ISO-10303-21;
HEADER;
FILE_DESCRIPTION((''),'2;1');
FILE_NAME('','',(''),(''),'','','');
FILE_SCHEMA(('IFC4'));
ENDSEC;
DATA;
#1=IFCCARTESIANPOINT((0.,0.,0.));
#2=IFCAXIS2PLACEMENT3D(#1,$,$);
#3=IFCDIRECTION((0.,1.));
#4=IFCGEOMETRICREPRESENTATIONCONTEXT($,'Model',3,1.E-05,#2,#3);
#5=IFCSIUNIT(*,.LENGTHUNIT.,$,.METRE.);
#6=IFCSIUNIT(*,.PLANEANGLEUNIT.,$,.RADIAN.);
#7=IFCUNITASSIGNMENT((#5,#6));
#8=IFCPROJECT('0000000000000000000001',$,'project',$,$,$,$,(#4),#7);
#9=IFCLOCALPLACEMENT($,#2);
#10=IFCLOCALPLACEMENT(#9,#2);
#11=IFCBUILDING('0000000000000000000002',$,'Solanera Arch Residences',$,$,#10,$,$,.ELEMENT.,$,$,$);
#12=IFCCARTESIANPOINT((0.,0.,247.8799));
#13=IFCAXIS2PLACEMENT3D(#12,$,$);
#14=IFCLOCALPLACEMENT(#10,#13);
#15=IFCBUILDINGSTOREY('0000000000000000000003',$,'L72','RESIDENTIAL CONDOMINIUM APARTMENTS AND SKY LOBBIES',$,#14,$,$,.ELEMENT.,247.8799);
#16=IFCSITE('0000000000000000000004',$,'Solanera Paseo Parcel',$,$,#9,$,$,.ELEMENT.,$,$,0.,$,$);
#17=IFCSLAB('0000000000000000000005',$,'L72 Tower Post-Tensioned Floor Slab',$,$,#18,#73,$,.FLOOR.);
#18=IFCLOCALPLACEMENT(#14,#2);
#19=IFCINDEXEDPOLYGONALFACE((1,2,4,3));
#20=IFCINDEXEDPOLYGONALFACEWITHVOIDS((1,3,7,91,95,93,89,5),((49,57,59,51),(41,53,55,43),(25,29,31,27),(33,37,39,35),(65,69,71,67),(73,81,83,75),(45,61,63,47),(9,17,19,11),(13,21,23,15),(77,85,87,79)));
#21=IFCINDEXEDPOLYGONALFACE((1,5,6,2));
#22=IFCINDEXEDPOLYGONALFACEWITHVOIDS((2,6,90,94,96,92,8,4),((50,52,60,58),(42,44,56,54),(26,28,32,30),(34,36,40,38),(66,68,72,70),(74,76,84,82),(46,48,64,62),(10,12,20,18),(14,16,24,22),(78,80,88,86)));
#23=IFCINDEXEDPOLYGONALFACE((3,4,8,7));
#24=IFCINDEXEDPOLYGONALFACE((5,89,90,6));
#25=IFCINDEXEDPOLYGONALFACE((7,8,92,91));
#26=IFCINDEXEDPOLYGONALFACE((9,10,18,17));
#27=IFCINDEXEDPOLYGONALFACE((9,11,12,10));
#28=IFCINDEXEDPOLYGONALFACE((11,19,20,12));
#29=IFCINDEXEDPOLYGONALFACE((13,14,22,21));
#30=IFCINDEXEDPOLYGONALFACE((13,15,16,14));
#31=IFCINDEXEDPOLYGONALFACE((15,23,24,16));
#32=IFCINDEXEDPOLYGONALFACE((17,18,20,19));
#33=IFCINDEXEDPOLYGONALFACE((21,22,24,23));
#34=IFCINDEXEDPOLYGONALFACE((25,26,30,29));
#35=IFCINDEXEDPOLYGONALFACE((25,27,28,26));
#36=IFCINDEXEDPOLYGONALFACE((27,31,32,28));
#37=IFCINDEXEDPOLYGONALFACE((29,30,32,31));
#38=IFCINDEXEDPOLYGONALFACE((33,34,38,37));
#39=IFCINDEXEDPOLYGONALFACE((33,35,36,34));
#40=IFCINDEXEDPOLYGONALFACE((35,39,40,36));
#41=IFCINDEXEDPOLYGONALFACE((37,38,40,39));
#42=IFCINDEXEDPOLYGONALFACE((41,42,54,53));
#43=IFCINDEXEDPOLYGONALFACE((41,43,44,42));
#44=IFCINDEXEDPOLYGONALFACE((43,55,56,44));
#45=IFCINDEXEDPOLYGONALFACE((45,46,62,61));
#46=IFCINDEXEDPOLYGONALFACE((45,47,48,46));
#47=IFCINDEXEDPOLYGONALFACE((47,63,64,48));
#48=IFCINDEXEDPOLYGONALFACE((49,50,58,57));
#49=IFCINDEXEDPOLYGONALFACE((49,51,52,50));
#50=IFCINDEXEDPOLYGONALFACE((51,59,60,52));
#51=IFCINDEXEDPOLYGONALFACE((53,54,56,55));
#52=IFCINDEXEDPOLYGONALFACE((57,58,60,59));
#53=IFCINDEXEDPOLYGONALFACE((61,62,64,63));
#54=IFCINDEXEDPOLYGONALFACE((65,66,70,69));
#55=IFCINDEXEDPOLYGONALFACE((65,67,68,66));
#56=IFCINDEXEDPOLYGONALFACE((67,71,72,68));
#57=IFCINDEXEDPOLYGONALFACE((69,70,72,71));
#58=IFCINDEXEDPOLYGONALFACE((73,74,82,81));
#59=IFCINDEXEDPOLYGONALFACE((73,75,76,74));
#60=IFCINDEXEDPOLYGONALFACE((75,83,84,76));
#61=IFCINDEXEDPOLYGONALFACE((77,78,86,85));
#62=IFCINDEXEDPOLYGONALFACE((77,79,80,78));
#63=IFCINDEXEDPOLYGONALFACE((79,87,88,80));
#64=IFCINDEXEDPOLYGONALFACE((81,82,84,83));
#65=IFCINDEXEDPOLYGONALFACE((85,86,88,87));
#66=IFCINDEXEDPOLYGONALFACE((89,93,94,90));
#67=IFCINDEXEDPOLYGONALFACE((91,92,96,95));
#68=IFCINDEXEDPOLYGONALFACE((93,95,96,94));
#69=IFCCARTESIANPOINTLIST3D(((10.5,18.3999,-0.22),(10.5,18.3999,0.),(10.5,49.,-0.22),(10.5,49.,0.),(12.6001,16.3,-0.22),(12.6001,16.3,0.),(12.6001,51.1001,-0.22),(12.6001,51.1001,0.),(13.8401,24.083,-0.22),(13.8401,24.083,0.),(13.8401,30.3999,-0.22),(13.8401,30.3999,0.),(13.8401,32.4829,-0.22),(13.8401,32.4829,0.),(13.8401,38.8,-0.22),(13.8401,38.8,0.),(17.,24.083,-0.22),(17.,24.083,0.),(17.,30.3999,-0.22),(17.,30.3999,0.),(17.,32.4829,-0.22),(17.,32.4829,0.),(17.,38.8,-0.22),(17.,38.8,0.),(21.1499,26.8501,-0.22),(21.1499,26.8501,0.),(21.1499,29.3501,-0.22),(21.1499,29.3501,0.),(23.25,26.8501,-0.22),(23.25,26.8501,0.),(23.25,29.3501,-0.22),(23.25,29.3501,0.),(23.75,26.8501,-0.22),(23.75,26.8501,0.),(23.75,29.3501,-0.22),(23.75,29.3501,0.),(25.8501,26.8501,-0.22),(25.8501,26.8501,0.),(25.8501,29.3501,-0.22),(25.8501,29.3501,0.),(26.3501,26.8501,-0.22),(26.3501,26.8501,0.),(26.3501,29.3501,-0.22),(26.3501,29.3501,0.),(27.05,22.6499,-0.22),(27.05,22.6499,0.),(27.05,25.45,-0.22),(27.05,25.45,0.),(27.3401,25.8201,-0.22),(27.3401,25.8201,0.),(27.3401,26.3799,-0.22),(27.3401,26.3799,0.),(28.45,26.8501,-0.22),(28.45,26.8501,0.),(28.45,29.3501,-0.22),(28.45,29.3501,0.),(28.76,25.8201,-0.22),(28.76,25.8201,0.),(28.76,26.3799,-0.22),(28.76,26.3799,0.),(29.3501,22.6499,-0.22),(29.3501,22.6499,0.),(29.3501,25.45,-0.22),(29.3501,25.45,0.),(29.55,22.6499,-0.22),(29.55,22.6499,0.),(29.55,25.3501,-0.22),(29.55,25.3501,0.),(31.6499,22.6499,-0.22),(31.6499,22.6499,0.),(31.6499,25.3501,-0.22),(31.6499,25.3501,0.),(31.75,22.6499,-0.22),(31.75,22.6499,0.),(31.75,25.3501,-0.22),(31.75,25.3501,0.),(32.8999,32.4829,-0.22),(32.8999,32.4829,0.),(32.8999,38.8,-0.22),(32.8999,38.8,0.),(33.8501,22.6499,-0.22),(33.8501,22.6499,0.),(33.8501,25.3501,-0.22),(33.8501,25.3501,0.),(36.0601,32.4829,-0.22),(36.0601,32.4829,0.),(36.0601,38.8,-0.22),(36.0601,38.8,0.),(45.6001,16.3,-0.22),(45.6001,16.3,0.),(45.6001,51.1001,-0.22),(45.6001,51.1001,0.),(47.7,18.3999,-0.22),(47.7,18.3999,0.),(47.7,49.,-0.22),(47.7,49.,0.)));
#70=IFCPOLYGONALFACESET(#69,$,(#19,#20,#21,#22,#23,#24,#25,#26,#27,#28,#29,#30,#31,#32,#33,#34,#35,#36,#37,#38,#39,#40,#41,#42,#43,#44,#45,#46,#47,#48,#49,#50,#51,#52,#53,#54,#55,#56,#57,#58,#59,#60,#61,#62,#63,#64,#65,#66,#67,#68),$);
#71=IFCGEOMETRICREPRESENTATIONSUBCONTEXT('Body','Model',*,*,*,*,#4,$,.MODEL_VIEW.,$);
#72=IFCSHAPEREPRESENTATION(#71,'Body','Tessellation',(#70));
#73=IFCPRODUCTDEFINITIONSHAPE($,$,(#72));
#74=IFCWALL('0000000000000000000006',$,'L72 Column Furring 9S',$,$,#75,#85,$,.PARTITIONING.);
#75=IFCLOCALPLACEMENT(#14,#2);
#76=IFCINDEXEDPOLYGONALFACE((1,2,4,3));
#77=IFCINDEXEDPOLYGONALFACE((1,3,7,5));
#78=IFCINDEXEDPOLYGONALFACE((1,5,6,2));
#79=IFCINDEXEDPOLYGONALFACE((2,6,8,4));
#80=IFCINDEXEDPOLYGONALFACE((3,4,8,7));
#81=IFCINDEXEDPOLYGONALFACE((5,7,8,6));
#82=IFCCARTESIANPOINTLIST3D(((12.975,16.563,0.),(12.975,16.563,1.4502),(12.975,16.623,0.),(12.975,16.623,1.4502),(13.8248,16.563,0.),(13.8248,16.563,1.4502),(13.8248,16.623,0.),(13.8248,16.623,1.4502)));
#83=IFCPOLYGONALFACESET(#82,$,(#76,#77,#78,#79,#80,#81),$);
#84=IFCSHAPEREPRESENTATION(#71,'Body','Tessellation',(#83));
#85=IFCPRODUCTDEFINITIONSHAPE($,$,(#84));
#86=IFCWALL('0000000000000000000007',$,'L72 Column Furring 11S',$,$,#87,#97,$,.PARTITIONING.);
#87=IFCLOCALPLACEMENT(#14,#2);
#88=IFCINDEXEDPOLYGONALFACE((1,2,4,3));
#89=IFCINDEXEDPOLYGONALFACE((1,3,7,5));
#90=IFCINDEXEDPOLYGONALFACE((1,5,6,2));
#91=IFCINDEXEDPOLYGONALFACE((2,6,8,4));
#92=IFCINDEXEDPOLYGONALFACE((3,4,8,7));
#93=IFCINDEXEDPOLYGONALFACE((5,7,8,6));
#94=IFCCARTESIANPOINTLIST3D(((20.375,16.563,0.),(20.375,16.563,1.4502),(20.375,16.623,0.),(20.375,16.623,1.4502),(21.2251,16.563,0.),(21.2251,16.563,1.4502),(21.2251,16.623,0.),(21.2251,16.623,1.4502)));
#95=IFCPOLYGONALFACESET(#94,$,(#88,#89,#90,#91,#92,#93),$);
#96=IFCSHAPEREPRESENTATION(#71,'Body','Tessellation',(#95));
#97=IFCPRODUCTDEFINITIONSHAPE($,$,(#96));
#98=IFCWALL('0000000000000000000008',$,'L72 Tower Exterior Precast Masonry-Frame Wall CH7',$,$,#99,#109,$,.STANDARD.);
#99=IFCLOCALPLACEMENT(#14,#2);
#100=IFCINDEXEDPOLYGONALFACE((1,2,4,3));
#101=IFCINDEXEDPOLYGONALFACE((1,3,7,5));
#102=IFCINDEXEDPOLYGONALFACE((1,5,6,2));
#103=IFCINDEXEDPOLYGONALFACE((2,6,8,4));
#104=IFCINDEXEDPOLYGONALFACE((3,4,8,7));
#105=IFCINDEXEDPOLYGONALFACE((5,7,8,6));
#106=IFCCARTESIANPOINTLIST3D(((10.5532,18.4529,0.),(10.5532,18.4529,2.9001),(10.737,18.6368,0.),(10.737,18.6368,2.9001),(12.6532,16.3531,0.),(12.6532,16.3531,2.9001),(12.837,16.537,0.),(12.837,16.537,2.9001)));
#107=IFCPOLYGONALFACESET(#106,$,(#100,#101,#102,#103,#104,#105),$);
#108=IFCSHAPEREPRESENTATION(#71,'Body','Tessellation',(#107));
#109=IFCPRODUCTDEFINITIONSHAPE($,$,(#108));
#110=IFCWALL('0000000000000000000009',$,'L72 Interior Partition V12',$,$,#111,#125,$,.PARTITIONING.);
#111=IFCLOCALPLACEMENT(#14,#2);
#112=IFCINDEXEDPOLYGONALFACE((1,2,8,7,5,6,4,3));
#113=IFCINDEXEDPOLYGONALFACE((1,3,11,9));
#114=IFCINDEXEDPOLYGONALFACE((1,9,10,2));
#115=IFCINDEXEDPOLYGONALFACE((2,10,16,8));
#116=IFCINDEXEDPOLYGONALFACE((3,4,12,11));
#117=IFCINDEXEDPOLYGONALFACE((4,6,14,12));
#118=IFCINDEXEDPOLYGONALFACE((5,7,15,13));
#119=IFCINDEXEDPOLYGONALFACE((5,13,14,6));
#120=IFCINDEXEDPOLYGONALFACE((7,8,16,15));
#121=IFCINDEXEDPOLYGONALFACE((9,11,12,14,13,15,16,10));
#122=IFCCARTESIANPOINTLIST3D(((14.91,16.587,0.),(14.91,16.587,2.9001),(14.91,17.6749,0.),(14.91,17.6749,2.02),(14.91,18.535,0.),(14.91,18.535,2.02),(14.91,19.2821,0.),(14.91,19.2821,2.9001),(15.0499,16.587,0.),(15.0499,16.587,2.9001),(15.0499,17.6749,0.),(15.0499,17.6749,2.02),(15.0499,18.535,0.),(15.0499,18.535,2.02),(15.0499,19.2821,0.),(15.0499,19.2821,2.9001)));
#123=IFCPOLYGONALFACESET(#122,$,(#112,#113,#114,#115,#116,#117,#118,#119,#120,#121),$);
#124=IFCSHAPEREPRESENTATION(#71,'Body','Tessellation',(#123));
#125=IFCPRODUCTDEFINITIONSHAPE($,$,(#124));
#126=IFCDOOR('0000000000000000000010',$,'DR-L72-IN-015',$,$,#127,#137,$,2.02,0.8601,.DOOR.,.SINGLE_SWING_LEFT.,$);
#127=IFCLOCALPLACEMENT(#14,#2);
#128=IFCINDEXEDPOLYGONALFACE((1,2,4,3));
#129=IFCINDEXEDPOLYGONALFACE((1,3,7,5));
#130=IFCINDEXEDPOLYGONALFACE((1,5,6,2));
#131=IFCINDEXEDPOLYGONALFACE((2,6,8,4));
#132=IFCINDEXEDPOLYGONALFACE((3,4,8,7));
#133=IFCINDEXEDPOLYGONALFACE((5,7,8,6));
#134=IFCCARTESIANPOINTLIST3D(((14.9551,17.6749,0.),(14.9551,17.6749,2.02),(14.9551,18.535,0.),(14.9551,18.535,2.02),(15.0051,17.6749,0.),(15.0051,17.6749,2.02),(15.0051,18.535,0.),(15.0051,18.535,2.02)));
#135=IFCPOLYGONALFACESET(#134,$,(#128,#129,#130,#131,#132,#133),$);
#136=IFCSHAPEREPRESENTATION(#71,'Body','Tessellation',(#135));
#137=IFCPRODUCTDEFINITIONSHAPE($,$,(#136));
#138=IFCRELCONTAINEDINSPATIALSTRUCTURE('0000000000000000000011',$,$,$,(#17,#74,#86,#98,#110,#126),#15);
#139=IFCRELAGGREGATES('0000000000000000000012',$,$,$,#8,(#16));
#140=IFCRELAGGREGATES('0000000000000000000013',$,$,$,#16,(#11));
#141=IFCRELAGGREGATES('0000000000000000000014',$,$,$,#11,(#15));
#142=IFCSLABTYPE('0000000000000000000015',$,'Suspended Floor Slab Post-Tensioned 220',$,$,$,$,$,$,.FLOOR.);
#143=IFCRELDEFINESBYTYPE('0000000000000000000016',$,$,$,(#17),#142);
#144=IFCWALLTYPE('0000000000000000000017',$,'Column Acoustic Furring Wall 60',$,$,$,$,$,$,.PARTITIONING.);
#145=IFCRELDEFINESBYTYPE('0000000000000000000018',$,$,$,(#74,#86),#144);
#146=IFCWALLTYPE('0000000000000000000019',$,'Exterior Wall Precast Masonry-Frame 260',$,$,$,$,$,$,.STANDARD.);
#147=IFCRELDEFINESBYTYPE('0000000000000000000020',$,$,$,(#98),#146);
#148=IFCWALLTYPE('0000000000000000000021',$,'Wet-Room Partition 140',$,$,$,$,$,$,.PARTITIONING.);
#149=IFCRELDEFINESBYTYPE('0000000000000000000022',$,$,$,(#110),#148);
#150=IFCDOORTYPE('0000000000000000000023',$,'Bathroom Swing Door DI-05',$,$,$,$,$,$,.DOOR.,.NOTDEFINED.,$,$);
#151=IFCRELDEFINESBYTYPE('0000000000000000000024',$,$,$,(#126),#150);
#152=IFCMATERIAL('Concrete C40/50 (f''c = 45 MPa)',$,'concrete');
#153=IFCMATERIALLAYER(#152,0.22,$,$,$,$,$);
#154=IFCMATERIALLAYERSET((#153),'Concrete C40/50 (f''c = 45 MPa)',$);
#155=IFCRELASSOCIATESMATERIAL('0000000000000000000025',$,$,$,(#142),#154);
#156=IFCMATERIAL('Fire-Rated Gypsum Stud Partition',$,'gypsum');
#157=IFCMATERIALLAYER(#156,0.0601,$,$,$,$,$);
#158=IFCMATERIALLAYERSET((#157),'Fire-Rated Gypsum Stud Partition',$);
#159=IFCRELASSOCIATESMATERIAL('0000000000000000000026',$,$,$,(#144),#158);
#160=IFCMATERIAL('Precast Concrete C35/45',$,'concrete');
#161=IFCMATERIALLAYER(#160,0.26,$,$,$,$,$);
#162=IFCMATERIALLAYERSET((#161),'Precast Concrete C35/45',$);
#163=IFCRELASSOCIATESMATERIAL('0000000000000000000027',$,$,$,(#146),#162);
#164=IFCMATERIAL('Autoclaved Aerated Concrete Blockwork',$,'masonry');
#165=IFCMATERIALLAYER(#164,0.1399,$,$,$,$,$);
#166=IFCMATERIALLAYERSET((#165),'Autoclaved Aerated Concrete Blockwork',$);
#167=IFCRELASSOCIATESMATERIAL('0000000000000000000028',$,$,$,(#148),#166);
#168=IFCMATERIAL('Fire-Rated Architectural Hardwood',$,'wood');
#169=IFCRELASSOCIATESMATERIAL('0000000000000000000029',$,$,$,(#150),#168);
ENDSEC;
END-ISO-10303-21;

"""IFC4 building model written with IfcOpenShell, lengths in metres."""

from ifc_helpers import new_model, si_unit, direction, frame, frame_2d, origin, place, context, subcontext, project, spatial, polyline, rectangle, outline, extrude, material, layer, layer_set, type_object, element, fill, save


model = new_model("IFC4")

# Units and contexts
model_context = context("Model", 3, precision=1e-05, world=origin(), true_north=direction((0.0, 1.0)))
body_context = subcontext(model_context, "Body", "Model", "MODEL_VIEW")
ifc_project = project(units=[si_unit("LENGTHUNIT", "METRE"), si_unit("PLANEANGLEUNIT", "RADIAN")], contexts=[model_context])

# Site, building, storey
site_placement = place(None, origin())
site = spatial("IfcSite", under=ifc_project, at=site_placement, Name="Solanera Paseo Parcel", CompositionType="ELEMENT", RefElevation=0.0)
building_placement = place(site_placement, origin())
building = spatial("IfcBuilding", under=site, at=building_placement, Name="Solanera Arch Residences", CompositionType="ELEMENT")
storey_placement = place(building_placement, frame((0.0, 0.0, 247.8799)))
storey = spatial("IfcBuildingStorey", under=building, at=storey_placement, Name="L72", Description="RESIDENTIAL CONDOMINIUM APARTMENTS AND SKY LOBBIES", CompositionType="ELEMENT", Elevation=247.8799)

# Slab
ifc_material_1 = material(Name="Concrete C40/50 (f'c = 45 MPa)", Category="concrete")
ifc_layer_1 = layer(ifc_material_1, 0.22)
ifc_layer_set_1 = layer_set([ifc_layer_1], Name="Concrete C40/50 (f'c = 45 MPa)")
slab_type_1 = type_object("IfcSlabType", Name="Suspended Floor Slab Post-Tensioned 220", PredefinedType="FLOOR", material=ifc_layer_set_1)
slab_1_placement = place(storey_placement, frame((0.0, 0.0, -0.22)))
element("IfcSlab", 1, at=slab_1_placement, inside=storey, type_object=slab_type_1, Name="L72 Tower Post-Tensioned Floor Slab", PredefinedType="FLOOR", context=body_context, shape_type="SweptSolid", body=[
    extrude(outline(polyline([(12.6001, 16.3), (45.6001, 16.3), (47.7, 18.3999), (47.7, 49.0), (45.6001, 51.1001), (12.6001, 51.1001), (10.5, 49.0), (10.5, 18.3999), (12.6001, 16.3)]), holes=[polyline([(13.8401, 32.4829), (13.8401, 38.8), (17.0, 38.8), (17.0, 32.4829), (13.8401, 32.4829)]), polyline([(32.8999, 32.4829), (32.8999, 38.8), (36.0601, 38.8), (36.0601, 32.4829), (32.8999, 32.4829)]), polyline([(13.8401, 24.083), (13.8401, 30.3999), (17.0, 30.3999), (17.0, 24.083), (13.8401, 24.083)]), polyline([(21.1499, 29.3501), (23.25, 29.3501), (23.25, 26.8501), (21.1499, 26.8501), (21.1499, 29.3501)]), polyline([(23.75, 29.3501), (25.8501, 29.3501), (25.8501, 26.8501), (23.75, 26.8501), (23.75, 29.3501)]), polyline([(26.3501, 29.3501), (28.45, 29.3501), (28.45, 26.8501), (26.3501, 26.8501), (26.3501, 29.3501)]), polyline([(29.55, 25.3501), (31.6499, 25.3501), (31.6499, 22.6499), (29.55, 22.6499), (29.55, 25.3501)]), polyline([(31.75, 25.3501), (33.8501, 25.3501), (33.8501, 22.6499), (31.75, 22.6499), (31.75, 25.3501)]), polyline([(27.05, 25.45), (29.3501, 25.45), (29.3501, 22.6499), (27.05, 22.6499), (27.05, 25.45)]), polyline([(27.3401, 26.3799), (28.76, 26.3799), (28.76, 25.8201), (27.3401, 25.8201), (27.3401, 26.3799)])]), origin(), (0.0, 0.0, 1.0), 0.22),
])

# Walls
ifc_material_2 = material(Name="Fire-Rated Gypsum Stud Partition", Category="gypsum")
ifc_layer_2 = layer(ifc_material_2, 0.0601)
ifc_layer_set_2 = layer_set([ifc_layer_2], Name="Fire-Rated Gypsum Stud Partition")
wall_type_1 = type_object("IfcWallType", Name="Column Acoustic Furring Wall 60", PredefinedType="PARTITIONING", material=ifc_layer_set_2)
wall_1_placement = place(storey_placement, frame((12.9751, 16.593, 0.0), z_axis=(0.0, 0.0, 1.0), x_axis=(1.0, 0.0, 0.0)))
element("IfcWall", 2, at=wall_1_placement, inside=storey, type_object=wall_type_1, Name="L72 Column Furring 9S", PredefinedType="PARTITIONING", context=body_context, shape_type="SweptSolid", body=[
    extrude(rectangle(XDim=0.8499, YDim=0.0601, at=frame_2d((0.4248, 0.0))), origin(), (0.0, 0.0, 1.0), 1.4502),
])
wall_2_placement = place(storey_placement, frame((20.375, 16.593, 0.0), z_axis=(0.0, 0.0, 1.0), x_axis=(1.0, 0.0, 0.0)))
element("IfcWall", 3, at=wall_2_placement, inside=storey, type_object=wall_type_1, Name="L72 Column Furring 11S", PredefinedType="PARTITIONING", context=body_context, shape_type="SweptSolid", body=[
    extrude(rectangle(XDim=0.8501, YDim=0.0601, at=frame_2d((0.425, 0.0))), origin(), (0.0, 0.0, 1.0), 1.4502),
])
ifc_material_3 = material(Name="Precast Concrete C35/45", Category="concrete")
ifc_layer_3 = layer(ifc_material_3, 0.26)
ifc_layer_set_3 = layer_set([ifc_layer_3], Name="Precast Concrete C35/45")
wall_type_2 = type_object("IfcWallType", Name="Exterior Wall Precast Masonry-Frame 260", PredefinedType="STANDARD", material=ifc_layer_set_3)
wall_3_placement = place(storey_placement, frame((12.7451, 16.4451, 0.0), z_axis=(0.0, 0.0, 1.0), x_axis=(-0.707148, 0.707066, 0.0)))
element("IfcWall", 4, at=wall_3_placement, inside=storey, type_object=wall_type_2, Name="L72 Tower Exterior Precast Masonry-Frame Wall CH7", PredefinedType="STANDARD", context=body_context, shape_type="SweptSolid", body=[
    extrude(rectangle(XDim=2.9697, YDim=0.26, at=frame_2d((1.4849, 0.0))), origin(), (0.0, 0.0, 1.0), 2.9001),
])

# Wall, opening, door
ifc_material_4 = material(Name="Autoclaved Aerated Concrete Blockwork", Category="masonry")
ifc_layer_4 = layer(ifc_material_4, 0.1399)
ifc_layer_set_4 = layer_set([ifc_layer_4], Name="Autoclaved Aerated Concrete Blockwork")
wall_type_3 = type_object("IfcWallType", Name="Wet-Room Partition 140", PredefinedType="PARTITIONING", material=ifc_layer_set_4)
wall_4_placement = place(storey_placement, frame((14.98, 16.5869, 0.0), z_axis=(0.0, 0.0, 1.0), x_axis=(0.0, 1.0, 0.0)))
wall_4 = element("IfcWall", 5, at=wall_4_placement, inside=storey, type_object=wall_type_3, Name="L72 Interior Partition V12", PredefinedType="PARTITIONING", context=body_context, shape_type="SweptSolid", body=[
    extrude(rectangle(XDim=2.6951, YDim=0.1399, at=frame_2d((1.3477, 0.0))), origin(), (0.0, 0.0, 1.0), 2.9001),
])
opening_placement = place(wall_4_placement, frame((1.0879, 0.0, 0.0)))
opening = element("IfcOpeningElement", 6, at=opening_placement, cuts=wall_4, PredefinedType="OPENING", context=body_context, shape_type="SweptSolid", body=[
    extrude(rectangle(XDim=0.8601, YDim=2.02, at=frame_2d((0.4302, 1.01))), frame((0.0, 0.0798, 0.0), z_axis=(0.0, -1.0, 0.0), x_axis=(1.0, 0.0, 0.0)), (0.0, 0.0, 1.0), 0.1599),
])
ifc_material_5 = material(Name="Fire-Rated Architectural Hardwood", Category="wood")
door_type = type_object("IfcDoorType", Name="Bathroom Swing Door DI-05", OperationType="NOTDEFINED", PredefinedType="DOOR", material=ifc_material_5)
door_placement = place(opening_placement, origin())
door = element("IfcDoor", 7, at=door_placement, inside=storey, type_object=door_type, Name="DR-L72-IN-015", OperationType="SINGLE_SWING_LEFT", OverallHeight=2.02, OverallWidth=0.8601, PredefinedType="DOOR", context=body_context, shape_type="SweptSolid", body=[
    extrude(rectangle(XDim=0.8601, YDim=2.02, at=frame_2d((0.4302, 1.01))), frame((0.0, 0.0249, 0.0), z_axis=(0.0, -1.0, 0.0), x_axis=(1.0, 0.0, 0.0)), (0.0, 0.0, 1.0), 0.05),
])
fill(opening, door)

save(model, "model.ifc")
